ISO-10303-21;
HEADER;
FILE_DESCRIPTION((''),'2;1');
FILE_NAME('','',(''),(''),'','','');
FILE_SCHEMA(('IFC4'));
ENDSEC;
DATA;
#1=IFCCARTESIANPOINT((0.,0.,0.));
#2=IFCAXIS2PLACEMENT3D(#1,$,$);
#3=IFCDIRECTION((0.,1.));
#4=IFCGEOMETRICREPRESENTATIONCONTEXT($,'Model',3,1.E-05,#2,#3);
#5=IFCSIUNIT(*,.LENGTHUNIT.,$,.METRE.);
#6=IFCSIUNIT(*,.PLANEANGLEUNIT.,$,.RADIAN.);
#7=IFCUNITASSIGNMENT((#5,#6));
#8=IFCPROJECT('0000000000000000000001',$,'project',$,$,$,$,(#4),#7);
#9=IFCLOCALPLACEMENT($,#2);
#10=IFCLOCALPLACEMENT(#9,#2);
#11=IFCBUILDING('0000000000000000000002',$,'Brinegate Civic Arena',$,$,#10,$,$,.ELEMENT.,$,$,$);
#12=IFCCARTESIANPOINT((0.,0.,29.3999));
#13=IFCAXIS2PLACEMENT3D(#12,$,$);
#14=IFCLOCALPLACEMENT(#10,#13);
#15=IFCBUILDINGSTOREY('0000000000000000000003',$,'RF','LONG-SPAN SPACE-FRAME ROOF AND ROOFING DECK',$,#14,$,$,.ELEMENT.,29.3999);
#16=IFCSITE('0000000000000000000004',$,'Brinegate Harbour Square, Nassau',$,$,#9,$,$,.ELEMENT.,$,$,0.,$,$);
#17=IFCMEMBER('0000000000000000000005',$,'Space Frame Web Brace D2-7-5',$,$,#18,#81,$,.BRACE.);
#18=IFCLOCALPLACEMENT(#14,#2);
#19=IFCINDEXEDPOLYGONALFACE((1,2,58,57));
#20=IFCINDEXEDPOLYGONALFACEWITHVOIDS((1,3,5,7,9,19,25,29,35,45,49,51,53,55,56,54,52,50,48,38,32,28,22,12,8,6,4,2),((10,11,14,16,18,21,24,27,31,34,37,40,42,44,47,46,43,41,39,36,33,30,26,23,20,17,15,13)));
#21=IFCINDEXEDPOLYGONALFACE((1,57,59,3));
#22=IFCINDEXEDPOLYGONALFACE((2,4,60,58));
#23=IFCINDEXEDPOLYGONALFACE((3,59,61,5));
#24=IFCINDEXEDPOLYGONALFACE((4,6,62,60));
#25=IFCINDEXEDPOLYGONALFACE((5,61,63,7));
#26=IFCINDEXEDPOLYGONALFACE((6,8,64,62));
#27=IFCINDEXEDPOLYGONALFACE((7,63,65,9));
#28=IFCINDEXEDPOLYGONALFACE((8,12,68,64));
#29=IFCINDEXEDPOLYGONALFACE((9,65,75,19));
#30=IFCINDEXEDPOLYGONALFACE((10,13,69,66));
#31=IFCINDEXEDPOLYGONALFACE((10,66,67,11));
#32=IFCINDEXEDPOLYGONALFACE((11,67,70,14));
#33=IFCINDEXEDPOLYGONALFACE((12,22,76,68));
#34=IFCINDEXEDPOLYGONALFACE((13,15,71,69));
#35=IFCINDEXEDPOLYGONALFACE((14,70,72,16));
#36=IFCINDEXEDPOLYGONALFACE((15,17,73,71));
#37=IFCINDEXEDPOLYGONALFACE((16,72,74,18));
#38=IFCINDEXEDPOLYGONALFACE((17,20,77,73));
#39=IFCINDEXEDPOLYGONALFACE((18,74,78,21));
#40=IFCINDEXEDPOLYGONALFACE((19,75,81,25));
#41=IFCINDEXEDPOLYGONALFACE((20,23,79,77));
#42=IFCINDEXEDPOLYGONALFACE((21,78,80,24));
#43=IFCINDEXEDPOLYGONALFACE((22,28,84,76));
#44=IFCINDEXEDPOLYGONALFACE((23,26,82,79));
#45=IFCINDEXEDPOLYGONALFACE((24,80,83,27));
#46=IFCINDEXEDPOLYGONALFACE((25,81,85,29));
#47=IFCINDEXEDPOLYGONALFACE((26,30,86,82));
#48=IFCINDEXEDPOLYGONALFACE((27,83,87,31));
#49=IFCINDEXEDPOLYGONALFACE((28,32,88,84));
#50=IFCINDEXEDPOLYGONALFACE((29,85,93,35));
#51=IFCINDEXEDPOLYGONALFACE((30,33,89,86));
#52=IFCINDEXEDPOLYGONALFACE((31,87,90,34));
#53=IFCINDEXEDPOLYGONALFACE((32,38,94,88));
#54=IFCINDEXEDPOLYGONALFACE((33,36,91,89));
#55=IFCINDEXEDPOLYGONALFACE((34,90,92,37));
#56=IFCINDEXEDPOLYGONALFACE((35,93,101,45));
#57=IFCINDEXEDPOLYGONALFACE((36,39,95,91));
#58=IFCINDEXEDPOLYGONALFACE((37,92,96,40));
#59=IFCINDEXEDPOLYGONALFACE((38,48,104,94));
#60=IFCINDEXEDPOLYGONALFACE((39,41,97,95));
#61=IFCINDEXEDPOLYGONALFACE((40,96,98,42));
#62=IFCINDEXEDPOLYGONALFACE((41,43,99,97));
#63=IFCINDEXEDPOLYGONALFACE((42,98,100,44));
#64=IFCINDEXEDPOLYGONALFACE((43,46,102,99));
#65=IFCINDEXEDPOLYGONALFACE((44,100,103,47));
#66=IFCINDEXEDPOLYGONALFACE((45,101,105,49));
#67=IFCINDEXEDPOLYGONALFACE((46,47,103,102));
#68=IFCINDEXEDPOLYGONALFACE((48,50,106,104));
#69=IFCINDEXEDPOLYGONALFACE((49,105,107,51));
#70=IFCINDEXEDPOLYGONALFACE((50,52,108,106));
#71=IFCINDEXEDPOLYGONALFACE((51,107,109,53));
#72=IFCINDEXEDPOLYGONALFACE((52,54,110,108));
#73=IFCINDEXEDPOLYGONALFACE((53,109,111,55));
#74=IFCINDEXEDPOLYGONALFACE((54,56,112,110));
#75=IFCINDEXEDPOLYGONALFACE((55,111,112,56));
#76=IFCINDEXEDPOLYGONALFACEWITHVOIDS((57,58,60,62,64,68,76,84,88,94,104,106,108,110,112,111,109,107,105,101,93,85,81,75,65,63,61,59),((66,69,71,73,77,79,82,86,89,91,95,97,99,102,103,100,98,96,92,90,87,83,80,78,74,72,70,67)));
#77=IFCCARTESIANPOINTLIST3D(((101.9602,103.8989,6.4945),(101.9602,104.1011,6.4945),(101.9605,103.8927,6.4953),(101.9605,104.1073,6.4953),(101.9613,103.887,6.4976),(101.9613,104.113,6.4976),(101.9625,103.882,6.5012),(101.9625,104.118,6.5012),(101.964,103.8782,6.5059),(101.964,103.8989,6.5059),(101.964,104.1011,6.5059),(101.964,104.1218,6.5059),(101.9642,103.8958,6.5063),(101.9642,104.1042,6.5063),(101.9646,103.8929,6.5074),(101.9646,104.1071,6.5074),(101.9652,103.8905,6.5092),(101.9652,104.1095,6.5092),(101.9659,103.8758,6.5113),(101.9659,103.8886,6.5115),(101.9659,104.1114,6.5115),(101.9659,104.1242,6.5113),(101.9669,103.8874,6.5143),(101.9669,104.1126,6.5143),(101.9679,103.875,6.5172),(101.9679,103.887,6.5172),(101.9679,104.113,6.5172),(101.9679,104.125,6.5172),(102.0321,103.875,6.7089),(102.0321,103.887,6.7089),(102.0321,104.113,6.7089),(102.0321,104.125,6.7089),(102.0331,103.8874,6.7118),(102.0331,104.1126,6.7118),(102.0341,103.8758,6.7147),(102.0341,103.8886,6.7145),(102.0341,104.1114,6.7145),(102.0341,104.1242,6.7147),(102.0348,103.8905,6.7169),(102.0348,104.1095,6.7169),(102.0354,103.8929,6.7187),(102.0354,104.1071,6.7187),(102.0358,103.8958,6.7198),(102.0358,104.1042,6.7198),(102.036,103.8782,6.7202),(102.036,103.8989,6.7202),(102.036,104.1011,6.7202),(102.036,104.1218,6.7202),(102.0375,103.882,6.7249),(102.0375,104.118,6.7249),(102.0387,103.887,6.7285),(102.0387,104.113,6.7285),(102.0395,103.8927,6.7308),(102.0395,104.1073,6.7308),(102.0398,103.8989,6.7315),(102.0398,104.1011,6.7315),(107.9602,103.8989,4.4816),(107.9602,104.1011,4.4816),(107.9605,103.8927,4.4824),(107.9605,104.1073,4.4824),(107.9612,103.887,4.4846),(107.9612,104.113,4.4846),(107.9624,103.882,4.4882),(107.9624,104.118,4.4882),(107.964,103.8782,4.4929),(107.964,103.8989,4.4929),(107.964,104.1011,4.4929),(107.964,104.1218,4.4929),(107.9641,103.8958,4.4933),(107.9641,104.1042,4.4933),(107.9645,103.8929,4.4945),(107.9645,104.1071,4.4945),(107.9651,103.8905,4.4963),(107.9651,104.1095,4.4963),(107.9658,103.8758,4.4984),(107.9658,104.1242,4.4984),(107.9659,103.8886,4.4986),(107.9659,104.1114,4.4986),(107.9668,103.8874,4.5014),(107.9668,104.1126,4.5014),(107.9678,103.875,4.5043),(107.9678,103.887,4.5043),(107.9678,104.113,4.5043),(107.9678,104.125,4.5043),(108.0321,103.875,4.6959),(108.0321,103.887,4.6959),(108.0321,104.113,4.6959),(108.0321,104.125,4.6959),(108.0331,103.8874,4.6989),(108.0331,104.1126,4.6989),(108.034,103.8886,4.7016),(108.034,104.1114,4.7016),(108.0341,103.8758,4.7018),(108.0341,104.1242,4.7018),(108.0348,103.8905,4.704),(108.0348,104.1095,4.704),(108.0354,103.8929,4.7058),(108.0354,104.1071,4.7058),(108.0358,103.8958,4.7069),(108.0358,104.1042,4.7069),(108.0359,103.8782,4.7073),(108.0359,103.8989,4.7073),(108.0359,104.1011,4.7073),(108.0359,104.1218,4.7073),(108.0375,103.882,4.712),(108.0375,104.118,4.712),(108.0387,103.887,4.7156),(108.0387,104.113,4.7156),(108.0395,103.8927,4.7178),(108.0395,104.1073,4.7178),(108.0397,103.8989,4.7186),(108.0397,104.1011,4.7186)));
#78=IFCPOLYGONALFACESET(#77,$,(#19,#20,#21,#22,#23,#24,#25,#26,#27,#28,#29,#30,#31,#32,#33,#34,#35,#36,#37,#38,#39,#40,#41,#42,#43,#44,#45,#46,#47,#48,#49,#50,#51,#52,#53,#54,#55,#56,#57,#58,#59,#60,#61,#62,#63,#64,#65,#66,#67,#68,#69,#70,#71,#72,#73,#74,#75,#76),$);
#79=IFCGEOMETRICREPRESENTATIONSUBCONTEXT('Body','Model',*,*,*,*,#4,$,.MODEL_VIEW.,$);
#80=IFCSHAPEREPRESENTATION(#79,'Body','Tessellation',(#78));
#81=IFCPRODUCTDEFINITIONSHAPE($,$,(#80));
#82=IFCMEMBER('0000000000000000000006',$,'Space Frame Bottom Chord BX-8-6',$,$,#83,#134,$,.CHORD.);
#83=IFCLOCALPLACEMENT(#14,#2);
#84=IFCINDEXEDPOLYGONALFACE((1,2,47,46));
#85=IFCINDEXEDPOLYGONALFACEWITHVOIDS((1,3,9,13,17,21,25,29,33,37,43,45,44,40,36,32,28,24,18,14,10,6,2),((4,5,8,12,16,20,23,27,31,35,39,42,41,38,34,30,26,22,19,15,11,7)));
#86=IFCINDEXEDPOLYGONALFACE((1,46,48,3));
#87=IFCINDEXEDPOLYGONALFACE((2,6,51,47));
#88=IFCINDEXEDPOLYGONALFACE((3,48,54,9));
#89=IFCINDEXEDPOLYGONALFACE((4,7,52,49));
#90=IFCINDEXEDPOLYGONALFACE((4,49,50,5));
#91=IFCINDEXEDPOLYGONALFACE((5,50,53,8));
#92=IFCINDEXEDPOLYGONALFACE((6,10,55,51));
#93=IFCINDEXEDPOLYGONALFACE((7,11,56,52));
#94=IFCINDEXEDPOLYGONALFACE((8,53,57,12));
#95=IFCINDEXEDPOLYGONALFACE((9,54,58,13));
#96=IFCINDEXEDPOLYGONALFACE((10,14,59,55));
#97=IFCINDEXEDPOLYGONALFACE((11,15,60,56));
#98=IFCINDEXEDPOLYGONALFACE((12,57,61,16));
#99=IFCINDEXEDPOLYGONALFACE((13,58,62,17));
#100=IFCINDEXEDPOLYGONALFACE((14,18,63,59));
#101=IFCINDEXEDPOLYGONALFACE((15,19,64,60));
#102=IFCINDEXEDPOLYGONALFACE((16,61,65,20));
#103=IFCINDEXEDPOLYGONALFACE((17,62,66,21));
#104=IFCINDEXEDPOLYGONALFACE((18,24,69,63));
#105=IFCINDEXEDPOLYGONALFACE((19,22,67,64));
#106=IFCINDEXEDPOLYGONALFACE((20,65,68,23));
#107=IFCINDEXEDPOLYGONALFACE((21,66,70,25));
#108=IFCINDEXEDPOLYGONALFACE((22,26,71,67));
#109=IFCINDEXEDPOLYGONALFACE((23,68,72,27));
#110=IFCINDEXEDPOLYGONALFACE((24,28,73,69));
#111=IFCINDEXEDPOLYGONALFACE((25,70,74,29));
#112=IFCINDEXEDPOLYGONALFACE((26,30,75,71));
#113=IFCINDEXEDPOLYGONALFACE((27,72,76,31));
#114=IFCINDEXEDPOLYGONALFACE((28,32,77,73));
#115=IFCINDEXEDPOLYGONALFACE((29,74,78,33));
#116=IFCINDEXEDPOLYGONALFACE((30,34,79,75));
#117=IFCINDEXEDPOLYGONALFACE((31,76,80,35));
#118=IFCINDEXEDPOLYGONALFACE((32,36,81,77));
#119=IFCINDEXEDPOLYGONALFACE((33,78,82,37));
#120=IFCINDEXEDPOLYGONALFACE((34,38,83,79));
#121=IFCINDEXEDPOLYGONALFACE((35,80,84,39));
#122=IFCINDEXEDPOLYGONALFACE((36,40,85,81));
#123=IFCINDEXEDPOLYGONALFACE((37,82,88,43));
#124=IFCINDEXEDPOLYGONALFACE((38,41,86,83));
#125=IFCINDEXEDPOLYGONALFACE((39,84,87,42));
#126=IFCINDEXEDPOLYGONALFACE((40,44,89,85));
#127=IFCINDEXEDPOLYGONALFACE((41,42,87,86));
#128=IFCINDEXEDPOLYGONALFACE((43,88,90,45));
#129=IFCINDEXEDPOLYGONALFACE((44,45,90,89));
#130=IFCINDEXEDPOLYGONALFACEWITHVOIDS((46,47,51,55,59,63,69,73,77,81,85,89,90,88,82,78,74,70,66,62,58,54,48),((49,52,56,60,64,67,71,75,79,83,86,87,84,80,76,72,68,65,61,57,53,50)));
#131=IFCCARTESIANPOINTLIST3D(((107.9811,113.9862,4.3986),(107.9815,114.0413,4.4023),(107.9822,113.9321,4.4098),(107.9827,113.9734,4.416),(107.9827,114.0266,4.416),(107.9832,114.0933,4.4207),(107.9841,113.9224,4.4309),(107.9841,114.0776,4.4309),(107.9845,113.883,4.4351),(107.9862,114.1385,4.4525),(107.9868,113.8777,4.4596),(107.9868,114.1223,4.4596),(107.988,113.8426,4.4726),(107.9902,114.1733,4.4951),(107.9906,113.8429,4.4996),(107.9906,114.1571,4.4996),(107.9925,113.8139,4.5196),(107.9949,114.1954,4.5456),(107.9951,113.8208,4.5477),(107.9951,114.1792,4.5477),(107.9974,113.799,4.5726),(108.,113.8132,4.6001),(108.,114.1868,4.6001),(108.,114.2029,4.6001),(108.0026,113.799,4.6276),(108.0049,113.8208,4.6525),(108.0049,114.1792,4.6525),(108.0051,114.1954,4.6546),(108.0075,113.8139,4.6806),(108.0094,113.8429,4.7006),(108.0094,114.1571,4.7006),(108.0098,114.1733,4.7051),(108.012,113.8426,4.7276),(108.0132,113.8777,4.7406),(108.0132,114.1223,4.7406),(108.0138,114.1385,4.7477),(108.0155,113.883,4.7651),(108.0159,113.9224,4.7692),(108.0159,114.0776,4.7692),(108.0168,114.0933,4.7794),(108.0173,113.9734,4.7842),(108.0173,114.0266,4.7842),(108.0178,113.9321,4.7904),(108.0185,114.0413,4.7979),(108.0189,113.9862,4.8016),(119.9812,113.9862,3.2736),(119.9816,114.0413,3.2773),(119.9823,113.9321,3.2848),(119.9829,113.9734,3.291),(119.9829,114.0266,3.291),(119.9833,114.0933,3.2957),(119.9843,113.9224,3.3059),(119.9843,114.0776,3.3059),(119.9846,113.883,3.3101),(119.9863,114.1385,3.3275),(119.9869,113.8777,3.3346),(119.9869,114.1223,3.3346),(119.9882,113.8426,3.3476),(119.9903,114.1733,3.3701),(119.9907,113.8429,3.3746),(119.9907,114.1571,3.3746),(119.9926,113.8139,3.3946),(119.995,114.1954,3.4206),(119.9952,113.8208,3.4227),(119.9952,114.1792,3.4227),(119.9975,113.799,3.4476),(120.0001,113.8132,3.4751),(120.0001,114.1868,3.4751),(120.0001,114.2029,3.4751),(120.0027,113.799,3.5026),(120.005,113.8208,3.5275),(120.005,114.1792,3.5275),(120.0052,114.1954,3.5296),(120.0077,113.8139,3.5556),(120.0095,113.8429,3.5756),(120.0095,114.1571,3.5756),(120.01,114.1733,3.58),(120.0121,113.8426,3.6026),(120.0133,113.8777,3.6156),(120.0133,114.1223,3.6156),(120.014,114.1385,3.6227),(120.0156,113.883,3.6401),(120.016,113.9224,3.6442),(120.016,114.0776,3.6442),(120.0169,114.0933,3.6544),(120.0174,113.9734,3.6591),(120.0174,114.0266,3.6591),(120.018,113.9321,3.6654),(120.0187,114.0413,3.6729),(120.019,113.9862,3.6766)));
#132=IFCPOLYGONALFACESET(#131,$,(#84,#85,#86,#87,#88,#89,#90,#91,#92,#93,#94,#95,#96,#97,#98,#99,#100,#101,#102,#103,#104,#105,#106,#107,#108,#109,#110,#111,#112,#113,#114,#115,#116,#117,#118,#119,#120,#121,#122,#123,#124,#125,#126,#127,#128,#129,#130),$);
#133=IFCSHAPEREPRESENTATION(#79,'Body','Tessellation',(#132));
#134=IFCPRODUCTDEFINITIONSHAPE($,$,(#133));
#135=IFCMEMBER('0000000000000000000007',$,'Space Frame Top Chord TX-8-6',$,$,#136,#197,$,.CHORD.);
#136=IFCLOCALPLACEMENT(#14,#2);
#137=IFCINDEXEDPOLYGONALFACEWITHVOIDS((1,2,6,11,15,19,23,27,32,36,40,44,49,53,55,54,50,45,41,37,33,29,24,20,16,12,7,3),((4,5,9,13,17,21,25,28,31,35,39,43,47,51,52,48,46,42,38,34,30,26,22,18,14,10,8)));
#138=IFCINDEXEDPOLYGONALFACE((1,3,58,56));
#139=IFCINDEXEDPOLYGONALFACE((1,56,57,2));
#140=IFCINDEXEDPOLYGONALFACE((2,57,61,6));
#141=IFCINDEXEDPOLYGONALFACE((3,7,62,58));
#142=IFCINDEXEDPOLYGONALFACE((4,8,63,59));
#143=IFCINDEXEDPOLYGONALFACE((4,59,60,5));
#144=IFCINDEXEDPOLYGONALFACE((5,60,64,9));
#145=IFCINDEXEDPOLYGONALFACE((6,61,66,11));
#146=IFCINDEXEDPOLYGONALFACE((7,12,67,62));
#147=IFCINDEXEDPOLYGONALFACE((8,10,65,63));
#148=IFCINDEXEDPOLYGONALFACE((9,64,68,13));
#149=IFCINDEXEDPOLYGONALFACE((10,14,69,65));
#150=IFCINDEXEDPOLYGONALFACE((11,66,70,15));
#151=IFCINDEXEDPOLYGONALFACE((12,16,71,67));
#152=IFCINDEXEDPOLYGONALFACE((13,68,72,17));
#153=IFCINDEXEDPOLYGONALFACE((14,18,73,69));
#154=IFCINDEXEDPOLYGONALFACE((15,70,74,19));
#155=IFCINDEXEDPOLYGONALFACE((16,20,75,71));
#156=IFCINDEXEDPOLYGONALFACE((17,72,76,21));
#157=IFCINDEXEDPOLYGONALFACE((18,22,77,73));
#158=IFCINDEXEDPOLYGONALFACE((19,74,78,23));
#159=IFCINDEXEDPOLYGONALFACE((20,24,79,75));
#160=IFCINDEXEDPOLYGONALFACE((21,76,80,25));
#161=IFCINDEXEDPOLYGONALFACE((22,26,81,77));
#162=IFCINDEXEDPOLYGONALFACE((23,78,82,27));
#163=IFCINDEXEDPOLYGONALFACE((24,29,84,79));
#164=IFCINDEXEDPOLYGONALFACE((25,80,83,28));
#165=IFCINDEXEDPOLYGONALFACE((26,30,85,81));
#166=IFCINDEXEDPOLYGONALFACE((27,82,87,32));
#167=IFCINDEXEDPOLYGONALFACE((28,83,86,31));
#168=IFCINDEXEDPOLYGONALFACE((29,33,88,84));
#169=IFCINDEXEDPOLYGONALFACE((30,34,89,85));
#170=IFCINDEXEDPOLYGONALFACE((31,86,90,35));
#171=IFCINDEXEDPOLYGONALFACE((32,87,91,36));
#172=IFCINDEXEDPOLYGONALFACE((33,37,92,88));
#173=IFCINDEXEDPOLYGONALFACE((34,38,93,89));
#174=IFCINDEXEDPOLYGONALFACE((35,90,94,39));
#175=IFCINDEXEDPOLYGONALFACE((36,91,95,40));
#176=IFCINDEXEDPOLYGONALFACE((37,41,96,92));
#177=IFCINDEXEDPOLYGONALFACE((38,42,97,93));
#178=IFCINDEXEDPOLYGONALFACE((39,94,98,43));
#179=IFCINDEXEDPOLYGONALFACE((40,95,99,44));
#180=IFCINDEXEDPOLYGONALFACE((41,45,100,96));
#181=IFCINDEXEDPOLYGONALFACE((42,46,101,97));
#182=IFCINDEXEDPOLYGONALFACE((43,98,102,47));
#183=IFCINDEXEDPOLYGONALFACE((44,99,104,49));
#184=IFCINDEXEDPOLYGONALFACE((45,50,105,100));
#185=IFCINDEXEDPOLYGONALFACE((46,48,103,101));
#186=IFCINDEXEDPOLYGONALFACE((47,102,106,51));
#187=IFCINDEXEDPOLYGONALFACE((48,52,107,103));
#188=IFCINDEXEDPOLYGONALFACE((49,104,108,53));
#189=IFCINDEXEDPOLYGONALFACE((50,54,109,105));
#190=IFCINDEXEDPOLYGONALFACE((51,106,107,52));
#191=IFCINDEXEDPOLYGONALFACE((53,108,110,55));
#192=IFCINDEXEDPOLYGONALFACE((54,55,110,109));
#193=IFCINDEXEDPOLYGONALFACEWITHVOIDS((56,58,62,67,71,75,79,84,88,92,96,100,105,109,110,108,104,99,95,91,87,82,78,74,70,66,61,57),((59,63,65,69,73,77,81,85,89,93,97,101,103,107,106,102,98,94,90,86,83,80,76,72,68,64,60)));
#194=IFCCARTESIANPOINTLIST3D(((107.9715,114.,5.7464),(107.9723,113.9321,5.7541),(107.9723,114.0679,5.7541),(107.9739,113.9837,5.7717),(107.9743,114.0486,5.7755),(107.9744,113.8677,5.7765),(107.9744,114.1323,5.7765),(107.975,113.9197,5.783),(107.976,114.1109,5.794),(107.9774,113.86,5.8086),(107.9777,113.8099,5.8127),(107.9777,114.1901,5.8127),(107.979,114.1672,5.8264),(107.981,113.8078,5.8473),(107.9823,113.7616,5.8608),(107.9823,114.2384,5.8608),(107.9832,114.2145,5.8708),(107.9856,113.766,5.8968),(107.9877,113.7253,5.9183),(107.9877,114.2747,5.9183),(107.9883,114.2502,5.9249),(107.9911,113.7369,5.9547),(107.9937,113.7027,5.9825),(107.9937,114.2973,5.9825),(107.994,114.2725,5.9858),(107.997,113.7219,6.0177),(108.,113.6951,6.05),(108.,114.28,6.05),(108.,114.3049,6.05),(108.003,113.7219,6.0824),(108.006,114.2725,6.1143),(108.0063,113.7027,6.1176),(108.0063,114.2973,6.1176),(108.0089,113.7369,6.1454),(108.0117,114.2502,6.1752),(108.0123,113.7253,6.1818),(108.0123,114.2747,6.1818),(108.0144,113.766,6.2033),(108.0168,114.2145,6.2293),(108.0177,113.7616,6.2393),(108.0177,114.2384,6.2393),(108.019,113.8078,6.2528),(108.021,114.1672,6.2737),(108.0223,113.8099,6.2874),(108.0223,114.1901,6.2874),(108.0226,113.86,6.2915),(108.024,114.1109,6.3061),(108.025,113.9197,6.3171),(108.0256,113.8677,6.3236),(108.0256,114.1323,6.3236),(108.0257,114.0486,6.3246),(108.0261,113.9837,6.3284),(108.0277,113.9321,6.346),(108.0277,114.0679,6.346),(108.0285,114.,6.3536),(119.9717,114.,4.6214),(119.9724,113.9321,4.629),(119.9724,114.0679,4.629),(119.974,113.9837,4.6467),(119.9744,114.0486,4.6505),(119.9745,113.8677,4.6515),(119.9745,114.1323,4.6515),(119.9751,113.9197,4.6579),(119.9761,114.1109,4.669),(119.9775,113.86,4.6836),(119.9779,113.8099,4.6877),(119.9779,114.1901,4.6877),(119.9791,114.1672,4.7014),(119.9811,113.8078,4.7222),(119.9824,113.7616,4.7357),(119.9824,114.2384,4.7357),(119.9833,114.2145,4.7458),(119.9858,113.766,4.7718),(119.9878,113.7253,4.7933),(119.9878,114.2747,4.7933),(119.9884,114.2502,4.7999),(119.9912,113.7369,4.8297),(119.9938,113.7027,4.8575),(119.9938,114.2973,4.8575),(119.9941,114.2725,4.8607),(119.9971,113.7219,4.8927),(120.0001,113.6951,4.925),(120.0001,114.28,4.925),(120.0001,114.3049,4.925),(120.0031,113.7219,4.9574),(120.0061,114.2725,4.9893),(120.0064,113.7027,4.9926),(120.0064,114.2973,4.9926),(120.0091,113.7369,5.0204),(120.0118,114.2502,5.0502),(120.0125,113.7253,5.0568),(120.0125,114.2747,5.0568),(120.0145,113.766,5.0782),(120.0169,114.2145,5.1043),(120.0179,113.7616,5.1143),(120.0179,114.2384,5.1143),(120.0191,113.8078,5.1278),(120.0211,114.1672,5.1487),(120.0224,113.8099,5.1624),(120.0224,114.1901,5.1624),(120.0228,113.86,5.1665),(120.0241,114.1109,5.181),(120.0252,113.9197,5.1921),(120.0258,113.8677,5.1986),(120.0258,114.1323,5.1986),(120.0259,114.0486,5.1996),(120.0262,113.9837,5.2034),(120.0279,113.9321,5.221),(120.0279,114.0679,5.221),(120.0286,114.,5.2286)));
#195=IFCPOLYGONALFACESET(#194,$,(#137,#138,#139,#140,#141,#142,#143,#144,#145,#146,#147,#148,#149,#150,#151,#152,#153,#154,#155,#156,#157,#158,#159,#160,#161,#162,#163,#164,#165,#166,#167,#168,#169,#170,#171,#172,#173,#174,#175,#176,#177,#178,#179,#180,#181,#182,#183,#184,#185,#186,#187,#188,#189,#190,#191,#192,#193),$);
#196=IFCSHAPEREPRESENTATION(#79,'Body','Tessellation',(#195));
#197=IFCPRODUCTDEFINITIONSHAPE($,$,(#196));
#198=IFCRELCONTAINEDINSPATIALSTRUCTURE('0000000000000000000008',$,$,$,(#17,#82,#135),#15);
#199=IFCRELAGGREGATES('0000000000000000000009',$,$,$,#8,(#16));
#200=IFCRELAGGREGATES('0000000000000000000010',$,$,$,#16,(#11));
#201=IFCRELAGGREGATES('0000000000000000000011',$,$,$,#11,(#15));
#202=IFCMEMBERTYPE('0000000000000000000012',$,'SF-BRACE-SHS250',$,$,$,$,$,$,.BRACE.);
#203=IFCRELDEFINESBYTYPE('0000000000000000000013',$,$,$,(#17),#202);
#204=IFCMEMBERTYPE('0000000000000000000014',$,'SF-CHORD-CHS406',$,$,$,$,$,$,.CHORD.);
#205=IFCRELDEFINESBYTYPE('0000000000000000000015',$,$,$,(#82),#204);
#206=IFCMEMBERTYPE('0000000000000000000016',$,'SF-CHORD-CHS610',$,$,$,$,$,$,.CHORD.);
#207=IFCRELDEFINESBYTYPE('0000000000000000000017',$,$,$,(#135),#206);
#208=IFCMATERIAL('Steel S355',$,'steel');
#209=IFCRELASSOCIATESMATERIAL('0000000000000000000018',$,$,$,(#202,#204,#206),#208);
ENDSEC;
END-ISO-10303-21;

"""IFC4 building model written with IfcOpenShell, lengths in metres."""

from ifc_helpers import new_model, si_unit, direction, frame, origin, origin_2d, place, context, subcontext, project, spatial, hollow_rectangle, hollow_circle, extrude, material, material_profile, profile_set, type_object, element, save


model = new_model("IFC4")

# Units and contexts
model_context = context("Model", 3, precision=1e-05, world=origin(), true_north=direction((0.0, 1.0)))
body_context = subcontext(model_context, "Body", "Model", "MODEL_VIEW")
ifc_project = project(units=[si_unit("LENGTHUNIT", "METRE"), si_unit("PLANEANGLEUNIT", "RADIAN")], contexts=[model_context])

# Site, building, storey
site_placement = place(None, origin())
site = spatial("IfcSite", under=ifc_project, at=site_placement, Name="Brinegate Harbour Square, Nassau", CompositionType="ELEMENT", RefElevation=0.0)
building_placement = place(site_placement, origin())
building = spatial("IfcBuilding", under=site, at=building_placement, Name="Brinegate Civic Arena", CompositionType="ELEMENT")
storey_placement = place(building_placement, frame((0.0, 0.0, 29.3999)))
storey = spatial("IfcBuildingStorey", under=building, at=storey_placement, Name="RF", Description="LONG-SPAN SPACE-FRAME ROOF AND ROOFING DECK", CompositionType="ELEMENT", Elevation=29.3999)

# Shared definitions
ifc_material_1 = material(Name="Steel S355", Category="steel")

# Members
ifc_material_profile_1 = material_profile(ifc_material_1, hollow_rectangle(XDim=0.25, YDim=0.25, WallThickness=0.012, InnerFilletRadius=0.012, OuterFilletRadius=0.0239, at=origin_2d()), Name="SHS250X12")
ifc_profile_set_1 = profile_set([ifc_material_profile_1], Name="Steel S355")
member_type_1 = type_object("IfcMemberType", Name="SF-BRACE-SHS250", PredefinedType="BRACE", material=ifc_profile_set_1)
member_1_placement = place(storey_placement, frame((102.0, 104.0, 6.613), z_axis=(0.948068, 0.0, -0.318067), x_axis=(0.0, 1.0, 0.0)))
element("IfcMember", 1, at=member_1_placement, inside=storey, type_object=member_type_1, Name="Space Frame Web Brace D2-7-5", PredefinedType="BRACE", context=body_context, shape_type="SweptSolid", body=[
    extrude(hollow_rectangle(XDim=0.25, YDim=0.25, WallThickness=0.012, InnerFilletRadius=0.012, OuterFilletRadius=0.0239, at=origin_2d()), origin(), (0.0, 0.0, 1.0), 6.3286),
])
ifc_material_profile_2 = material_profile(ifc_material_1, hollow_circle(Radius=0.2029, WallThickness=0.0161, at=origin_2d()), Name="CHS406X16")
ifc_profile_set_2 = profile_set([ifc_material_profile_2], Name="Steel S355")
member_type_2 = type_object("IfcMemberType", Name="SF-CHORD-CHS406", PredefinedType="CHORD", material=ifc_profile_set_2)
member_2_placement = place(storey_placement, frame((108.0, 114.0, 4.6001), z_axis=(0.995634, 0.0, -0.093341), x_axis=(0.0, 1.0, 0.0)))
element("IfcMember", 2, at=member_2_placement, inside=storey, type_object=member_type_2, Name="Space Frame Bottom Chord BX-8-6", PredefinedType="CHORD", context=body_context, shape_type="SweptSolid", body=[
    extrude(hollow_circle(Radius=0.2029, WallThickness=0.0161, at=origin_2d()), origin(), (0.0, 0.0, 1.0), 12.0527),
])
ifc_material_profile_3 = material_profile(ifc_material_1, hollow_circle(Radius=0.3049, WallThickness=0.0249, at=origin_2d()), Name="CHS610X25")
ifc_profile_set_3 = profile_set([ifc_material_profile_3], Name="Steel S355")
member_type_3 = type_object("IfcMemberType", Name="SF-CHORD-CHS610", PredefinedType="CHORD", material=ifc_profile_set_3)
member_3_placement = place(storey_placement, frame((108.0, 114.0, 6.05), z_axis=(0.995634, 0.0, -0.093341), x_axis=(0.0, 1.0, 0.0)))
element("IfcMember", 3, at=member_3_placement, inside=storey, type_object=member_type_3, Name="Space Frame Top Chord TX-8-6", PredefinedType="CHORD", context=body_context, shape_type="SweptSolid", body=[
    extrude(hollow_circle(Radius=0.3049, WallThickness=0.0249, at=origin_2d()), origin(), (0.0, 0.0, 1.0), 12.0527),
])

save(model, "model.ifc")
